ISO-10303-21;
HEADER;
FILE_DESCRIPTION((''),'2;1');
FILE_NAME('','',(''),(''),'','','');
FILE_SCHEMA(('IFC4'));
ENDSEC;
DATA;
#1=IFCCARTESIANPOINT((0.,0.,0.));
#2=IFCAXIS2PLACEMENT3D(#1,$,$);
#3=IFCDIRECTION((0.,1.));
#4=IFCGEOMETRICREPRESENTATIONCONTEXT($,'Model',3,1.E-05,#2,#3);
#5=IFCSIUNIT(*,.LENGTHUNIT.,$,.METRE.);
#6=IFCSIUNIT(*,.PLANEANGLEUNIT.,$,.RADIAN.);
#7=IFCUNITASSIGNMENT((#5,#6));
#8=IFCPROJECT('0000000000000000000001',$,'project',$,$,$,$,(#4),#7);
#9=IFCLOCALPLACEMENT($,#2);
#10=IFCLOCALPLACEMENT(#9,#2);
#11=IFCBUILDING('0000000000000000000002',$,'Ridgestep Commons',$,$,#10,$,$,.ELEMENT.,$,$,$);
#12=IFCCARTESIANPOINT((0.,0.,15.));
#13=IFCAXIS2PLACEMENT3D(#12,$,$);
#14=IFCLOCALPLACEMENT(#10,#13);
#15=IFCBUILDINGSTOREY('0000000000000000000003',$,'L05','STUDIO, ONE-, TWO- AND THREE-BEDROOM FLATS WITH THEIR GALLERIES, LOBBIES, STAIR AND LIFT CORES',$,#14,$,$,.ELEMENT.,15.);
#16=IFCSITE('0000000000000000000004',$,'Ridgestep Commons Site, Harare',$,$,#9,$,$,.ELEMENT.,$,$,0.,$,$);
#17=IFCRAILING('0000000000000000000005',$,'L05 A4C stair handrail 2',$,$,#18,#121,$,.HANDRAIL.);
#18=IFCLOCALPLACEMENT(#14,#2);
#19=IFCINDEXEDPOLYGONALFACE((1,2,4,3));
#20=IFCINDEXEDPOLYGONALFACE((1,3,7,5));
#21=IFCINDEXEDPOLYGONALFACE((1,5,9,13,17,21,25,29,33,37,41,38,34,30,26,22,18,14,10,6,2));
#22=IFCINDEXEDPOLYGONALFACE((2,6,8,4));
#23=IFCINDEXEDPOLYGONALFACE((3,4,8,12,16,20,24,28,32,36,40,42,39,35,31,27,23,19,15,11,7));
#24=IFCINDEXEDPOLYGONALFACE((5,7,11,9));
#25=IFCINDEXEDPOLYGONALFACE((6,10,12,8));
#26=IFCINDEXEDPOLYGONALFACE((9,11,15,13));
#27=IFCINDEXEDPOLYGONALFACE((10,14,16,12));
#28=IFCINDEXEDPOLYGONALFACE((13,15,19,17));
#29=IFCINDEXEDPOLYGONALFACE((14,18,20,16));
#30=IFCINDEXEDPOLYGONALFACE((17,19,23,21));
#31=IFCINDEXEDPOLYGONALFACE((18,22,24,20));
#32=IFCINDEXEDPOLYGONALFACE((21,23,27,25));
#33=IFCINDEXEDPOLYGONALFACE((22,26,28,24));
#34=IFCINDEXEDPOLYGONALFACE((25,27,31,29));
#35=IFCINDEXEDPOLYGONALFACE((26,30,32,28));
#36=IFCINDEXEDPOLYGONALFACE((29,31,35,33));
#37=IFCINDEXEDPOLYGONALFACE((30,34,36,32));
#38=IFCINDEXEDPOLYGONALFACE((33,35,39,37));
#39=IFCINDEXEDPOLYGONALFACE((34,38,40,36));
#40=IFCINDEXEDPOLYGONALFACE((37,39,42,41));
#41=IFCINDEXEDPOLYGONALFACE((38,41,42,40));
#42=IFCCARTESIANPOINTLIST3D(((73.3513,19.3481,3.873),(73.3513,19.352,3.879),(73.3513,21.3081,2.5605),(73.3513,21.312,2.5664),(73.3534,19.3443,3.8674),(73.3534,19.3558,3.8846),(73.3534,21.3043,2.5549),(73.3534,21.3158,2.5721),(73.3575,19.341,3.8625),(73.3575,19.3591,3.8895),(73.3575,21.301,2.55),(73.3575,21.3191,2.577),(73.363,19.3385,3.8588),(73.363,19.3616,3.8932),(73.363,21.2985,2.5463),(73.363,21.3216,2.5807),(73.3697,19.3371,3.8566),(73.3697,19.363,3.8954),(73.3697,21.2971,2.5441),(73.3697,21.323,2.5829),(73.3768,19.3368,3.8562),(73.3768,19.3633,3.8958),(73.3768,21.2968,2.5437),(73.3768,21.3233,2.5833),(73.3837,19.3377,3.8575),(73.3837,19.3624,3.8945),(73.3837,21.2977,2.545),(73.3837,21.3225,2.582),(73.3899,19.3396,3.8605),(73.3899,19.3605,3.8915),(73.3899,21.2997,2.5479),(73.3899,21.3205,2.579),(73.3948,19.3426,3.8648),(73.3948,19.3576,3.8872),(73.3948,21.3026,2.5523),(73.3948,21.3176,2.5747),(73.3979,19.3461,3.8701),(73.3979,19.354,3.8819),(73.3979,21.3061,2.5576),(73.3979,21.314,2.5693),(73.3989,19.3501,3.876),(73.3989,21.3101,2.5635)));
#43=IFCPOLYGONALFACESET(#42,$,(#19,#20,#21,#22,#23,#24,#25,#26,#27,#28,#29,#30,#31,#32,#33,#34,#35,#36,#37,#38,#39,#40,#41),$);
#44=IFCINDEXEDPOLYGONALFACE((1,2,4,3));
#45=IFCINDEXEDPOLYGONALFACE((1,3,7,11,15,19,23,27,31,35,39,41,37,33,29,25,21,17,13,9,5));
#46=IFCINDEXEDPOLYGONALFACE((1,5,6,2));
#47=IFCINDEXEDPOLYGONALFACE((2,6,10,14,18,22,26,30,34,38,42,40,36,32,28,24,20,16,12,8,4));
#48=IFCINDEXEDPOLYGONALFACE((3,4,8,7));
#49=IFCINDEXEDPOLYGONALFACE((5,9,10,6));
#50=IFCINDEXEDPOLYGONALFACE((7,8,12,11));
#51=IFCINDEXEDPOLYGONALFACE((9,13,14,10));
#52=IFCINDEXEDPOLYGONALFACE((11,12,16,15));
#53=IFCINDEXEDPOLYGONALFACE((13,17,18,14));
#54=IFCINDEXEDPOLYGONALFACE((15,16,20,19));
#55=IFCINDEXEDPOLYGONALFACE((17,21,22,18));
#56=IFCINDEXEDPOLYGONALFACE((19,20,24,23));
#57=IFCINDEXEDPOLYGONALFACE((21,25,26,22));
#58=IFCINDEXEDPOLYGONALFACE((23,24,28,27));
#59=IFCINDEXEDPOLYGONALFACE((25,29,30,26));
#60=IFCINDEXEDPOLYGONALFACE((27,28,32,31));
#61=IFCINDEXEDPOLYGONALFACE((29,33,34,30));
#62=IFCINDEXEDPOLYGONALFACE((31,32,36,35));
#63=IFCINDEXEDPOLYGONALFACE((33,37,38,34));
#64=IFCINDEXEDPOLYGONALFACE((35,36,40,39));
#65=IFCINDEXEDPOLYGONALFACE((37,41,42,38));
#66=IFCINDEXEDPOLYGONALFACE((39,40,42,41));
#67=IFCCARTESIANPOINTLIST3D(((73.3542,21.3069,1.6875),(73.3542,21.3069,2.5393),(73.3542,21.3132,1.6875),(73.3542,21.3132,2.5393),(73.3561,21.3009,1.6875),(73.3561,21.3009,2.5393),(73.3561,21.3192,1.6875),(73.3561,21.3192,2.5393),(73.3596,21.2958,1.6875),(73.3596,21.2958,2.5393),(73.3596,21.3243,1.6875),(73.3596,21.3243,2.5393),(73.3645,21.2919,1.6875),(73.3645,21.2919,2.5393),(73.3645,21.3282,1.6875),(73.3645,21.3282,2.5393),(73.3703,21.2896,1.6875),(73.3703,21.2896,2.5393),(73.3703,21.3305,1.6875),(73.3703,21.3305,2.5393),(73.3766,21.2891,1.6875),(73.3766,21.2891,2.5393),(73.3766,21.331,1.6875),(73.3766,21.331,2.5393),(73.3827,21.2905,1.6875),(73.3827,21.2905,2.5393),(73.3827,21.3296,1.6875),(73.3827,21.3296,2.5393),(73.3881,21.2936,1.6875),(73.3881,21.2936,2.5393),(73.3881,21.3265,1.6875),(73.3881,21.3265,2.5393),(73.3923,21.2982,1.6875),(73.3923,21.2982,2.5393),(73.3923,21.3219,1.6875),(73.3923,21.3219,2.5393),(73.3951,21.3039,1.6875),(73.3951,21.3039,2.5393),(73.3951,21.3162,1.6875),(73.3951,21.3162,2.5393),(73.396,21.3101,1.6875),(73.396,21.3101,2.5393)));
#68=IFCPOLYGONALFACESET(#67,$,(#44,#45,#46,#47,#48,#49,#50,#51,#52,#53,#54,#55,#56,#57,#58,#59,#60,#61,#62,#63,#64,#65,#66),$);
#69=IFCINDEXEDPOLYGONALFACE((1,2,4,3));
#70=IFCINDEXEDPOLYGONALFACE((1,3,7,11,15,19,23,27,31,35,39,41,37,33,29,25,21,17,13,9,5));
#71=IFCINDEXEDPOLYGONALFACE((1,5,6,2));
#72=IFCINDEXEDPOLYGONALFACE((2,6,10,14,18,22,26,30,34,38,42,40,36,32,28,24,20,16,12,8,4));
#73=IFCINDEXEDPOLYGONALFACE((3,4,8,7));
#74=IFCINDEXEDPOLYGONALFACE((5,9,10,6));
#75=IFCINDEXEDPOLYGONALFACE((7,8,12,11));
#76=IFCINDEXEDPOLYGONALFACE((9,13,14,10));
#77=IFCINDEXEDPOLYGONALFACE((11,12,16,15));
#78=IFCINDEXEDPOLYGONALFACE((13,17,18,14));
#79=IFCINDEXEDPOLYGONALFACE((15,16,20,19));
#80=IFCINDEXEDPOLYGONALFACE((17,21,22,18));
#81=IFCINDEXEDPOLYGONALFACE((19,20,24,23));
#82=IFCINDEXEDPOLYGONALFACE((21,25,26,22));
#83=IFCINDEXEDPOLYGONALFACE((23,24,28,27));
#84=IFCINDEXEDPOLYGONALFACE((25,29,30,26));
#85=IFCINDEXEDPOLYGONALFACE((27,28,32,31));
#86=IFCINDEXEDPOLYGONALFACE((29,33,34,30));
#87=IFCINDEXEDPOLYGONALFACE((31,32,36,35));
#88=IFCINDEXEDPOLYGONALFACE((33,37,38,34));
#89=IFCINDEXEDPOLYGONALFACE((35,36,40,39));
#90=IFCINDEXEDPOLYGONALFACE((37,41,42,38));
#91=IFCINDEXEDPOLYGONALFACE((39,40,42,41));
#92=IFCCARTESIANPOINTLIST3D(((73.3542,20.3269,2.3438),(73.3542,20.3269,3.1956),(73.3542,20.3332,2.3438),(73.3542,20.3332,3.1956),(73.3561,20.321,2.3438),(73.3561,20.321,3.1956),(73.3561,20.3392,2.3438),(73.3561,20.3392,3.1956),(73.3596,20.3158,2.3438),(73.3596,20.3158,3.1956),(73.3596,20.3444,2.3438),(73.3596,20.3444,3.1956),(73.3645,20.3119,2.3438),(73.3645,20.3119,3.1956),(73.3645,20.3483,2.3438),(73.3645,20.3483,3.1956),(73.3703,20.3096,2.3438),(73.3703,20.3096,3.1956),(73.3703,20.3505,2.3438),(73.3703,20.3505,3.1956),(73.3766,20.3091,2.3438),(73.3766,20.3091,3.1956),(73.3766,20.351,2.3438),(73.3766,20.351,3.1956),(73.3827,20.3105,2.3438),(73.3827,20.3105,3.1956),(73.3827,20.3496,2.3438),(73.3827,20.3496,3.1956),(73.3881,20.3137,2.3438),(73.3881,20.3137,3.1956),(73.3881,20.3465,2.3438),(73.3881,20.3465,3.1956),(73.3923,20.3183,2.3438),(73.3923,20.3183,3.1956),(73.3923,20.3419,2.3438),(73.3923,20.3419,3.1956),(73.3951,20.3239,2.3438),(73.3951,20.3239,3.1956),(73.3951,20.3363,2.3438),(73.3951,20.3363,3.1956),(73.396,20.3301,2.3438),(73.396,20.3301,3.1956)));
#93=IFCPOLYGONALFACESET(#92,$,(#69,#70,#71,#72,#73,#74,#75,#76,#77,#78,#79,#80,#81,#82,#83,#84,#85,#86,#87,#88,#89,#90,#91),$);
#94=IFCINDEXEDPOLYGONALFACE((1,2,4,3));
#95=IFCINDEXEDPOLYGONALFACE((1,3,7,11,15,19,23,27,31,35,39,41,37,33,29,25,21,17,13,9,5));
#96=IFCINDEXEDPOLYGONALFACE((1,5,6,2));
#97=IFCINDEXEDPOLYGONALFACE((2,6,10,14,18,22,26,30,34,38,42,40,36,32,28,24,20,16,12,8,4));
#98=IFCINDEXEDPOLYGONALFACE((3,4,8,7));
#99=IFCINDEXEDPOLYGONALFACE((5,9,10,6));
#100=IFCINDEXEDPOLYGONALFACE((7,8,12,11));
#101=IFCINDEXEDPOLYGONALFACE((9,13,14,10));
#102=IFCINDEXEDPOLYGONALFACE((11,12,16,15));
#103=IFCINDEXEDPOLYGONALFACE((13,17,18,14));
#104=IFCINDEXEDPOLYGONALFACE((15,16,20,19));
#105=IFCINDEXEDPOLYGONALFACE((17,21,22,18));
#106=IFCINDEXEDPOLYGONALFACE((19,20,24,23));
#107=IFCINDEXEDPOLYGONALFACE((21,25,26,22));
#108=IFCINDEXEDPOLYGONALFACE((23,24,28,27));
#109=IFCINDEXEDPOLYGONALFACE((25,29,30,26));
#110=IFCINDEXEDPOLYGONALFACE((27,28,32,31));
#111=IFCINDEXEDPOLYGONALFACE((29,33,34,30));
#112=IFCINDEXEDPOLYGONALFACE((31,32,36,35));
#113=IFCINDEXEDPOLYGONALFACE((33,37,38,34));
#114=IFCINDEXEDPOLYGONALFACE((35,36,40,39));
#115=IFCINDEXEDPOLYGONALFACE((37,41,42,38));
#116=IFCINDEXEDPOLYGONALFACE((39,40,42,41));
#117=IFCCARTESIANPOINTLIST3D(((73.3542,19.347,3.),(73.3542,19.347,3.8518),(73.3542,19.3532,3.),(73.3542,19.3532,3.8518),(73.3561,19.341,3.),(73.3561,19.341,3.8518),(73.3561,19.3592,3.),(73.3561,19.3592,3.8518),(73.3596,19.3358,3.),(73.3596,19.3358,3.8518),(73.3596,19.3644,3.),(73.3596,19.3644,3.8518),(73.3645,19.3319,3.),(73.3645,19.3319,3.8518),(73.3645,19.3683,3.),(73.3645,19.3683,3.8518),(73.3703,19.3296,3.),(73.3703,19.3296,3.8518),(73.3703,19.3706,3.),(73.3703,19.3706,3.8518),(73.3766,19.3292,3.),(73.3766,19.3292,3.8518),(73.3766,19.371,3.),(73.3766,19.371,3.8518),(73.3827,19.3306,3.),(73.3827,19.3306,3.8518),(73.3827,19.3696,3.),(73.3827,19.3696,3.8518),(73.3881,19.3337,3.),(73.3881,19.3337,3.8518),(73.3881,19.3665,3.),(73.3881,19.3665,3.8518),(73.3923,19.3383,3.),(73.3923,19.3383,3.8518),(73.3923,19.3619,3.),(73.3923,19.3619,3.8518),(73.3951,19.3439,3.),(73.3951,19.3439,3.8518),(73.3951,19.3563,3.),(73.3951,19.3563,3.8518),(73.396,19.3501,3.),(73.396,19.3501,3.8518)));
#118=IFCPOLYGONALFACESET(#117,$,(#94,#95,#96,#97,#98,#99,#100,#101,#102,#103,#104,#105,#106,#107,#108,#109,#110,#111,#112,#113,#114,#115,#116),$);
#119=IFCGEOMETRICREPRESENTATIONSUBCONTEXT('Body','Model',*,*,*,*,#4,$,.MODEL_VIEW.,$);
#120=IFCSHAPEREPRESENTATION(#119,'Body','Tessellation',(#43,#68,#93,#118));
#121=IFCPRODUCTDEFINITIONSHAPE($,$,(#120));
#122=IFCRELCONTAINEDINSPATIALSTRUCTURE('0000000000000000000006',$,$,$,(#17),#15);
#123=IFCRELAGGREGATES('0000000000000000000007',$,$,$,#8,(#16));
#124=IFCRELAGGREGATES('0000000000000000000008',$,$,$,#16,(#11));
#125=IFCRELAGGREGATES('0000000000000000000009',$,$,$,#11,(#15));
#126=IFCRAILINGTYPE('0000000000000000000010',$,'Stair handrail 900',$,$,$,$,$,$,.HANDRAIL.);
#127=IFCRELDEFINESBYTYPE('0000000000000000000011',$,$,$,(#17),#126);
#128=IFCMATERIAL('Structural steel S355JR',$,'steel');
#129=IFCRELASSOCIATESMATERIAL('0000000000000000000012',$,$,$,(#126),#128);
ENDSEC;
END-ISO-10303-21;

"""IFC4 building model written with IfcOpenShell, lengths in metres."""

from ifc_helpers import new_model, si_unit, direction, frame, origin, origin_2d, place, context, subcontext, project, spatial, circle, extrude, material, type_object, element, save


model = new_model("IFC4")

# Units and contexts
model_context = context("Model", 3, precision=1e-05, world=origin(), true_north=direction((0.0, 1.0)))
body_context = subcontext(model_context, "Body", "Model", "MODEL_VIEW")
ifc_project = project(units=[si_unit("LENGTHUNIT", "METRE"), si_unit("PLANEANGLEUNIT", "RADIAN")], contexts=[model_context])

# Site, building, storey
site_placement = place(None, origin())
site = spatial("IfcSite", under=ifc_project, at=site_placement, Name="Ridgestep Commons Site, Harare", CompositionType="ELEMENT", RefElevation=0.0)
building_placement = place(site_placement, origin())
building = spatial("IfcBuilding", under=site, at=building_placement, Name="Ridgestep Commons", CompositionType="ELEMENT")
storey_placement = place(building_placement, frame((0.0, 0.0, 15.0)))
storey = spatial("IfcBuildingStorey", under=building, at=storey_placement, Name="L05", Description="STUDIO, ONE-, TWO- AND THREE-BEDROOM FLATS WITH THEIR GALLERIES, LOBBIES, STAIR AND LIFT CORES", CompositionType="ELEMENT", Elevation=15.0)

# Railing
ifc_material_1 = material(Name="Structural steel S355JR", Category="steel")
railing_type_1 = type_object("IfcRailingType", Name="Stair handrail 900", PredefinedType="HANDRAIL", material=ifc_material_1)
railing_1_placement = place(storey_placement, frame((73.375, 21.3101, 1.6875)))
element("IfcRailing", 1, at=railing_1_placement, inside=storey, type_object=railing_type_1, Name="L05 A4C stair handrail 2", PredefinedType="HANDRAIL", context=body_context, shape_type="SweptSolid", body=[
    extrude(circle(Radius=0.0239, at=origin_2d()), frame((0.0, 0.0, 0.876), z_axis=(0.0, -0.830902, 0.556419), x_axis=(1.0, 0.0, 0.0)), (0.0, 0.0, 1.0), 2.3589),
    extrude(circle(Radius=0.021, at=origin_2d()), origin(), (0.0, 0.0, 1.0), 0.8518),
    extrude(circle(Radius=0.021, at=origin_2d()), frame((0.0, -0.98, 0.6562)), (0.0, 0.0, 1.0), 0.8518),
    extrude(circle(Radius=0.021, at=origin_2d()), frame((0.0, -1.96, 1.3125)), (0.0, 0.0, 1.0), 0.8518),
])

save(model, "model.ifc")
